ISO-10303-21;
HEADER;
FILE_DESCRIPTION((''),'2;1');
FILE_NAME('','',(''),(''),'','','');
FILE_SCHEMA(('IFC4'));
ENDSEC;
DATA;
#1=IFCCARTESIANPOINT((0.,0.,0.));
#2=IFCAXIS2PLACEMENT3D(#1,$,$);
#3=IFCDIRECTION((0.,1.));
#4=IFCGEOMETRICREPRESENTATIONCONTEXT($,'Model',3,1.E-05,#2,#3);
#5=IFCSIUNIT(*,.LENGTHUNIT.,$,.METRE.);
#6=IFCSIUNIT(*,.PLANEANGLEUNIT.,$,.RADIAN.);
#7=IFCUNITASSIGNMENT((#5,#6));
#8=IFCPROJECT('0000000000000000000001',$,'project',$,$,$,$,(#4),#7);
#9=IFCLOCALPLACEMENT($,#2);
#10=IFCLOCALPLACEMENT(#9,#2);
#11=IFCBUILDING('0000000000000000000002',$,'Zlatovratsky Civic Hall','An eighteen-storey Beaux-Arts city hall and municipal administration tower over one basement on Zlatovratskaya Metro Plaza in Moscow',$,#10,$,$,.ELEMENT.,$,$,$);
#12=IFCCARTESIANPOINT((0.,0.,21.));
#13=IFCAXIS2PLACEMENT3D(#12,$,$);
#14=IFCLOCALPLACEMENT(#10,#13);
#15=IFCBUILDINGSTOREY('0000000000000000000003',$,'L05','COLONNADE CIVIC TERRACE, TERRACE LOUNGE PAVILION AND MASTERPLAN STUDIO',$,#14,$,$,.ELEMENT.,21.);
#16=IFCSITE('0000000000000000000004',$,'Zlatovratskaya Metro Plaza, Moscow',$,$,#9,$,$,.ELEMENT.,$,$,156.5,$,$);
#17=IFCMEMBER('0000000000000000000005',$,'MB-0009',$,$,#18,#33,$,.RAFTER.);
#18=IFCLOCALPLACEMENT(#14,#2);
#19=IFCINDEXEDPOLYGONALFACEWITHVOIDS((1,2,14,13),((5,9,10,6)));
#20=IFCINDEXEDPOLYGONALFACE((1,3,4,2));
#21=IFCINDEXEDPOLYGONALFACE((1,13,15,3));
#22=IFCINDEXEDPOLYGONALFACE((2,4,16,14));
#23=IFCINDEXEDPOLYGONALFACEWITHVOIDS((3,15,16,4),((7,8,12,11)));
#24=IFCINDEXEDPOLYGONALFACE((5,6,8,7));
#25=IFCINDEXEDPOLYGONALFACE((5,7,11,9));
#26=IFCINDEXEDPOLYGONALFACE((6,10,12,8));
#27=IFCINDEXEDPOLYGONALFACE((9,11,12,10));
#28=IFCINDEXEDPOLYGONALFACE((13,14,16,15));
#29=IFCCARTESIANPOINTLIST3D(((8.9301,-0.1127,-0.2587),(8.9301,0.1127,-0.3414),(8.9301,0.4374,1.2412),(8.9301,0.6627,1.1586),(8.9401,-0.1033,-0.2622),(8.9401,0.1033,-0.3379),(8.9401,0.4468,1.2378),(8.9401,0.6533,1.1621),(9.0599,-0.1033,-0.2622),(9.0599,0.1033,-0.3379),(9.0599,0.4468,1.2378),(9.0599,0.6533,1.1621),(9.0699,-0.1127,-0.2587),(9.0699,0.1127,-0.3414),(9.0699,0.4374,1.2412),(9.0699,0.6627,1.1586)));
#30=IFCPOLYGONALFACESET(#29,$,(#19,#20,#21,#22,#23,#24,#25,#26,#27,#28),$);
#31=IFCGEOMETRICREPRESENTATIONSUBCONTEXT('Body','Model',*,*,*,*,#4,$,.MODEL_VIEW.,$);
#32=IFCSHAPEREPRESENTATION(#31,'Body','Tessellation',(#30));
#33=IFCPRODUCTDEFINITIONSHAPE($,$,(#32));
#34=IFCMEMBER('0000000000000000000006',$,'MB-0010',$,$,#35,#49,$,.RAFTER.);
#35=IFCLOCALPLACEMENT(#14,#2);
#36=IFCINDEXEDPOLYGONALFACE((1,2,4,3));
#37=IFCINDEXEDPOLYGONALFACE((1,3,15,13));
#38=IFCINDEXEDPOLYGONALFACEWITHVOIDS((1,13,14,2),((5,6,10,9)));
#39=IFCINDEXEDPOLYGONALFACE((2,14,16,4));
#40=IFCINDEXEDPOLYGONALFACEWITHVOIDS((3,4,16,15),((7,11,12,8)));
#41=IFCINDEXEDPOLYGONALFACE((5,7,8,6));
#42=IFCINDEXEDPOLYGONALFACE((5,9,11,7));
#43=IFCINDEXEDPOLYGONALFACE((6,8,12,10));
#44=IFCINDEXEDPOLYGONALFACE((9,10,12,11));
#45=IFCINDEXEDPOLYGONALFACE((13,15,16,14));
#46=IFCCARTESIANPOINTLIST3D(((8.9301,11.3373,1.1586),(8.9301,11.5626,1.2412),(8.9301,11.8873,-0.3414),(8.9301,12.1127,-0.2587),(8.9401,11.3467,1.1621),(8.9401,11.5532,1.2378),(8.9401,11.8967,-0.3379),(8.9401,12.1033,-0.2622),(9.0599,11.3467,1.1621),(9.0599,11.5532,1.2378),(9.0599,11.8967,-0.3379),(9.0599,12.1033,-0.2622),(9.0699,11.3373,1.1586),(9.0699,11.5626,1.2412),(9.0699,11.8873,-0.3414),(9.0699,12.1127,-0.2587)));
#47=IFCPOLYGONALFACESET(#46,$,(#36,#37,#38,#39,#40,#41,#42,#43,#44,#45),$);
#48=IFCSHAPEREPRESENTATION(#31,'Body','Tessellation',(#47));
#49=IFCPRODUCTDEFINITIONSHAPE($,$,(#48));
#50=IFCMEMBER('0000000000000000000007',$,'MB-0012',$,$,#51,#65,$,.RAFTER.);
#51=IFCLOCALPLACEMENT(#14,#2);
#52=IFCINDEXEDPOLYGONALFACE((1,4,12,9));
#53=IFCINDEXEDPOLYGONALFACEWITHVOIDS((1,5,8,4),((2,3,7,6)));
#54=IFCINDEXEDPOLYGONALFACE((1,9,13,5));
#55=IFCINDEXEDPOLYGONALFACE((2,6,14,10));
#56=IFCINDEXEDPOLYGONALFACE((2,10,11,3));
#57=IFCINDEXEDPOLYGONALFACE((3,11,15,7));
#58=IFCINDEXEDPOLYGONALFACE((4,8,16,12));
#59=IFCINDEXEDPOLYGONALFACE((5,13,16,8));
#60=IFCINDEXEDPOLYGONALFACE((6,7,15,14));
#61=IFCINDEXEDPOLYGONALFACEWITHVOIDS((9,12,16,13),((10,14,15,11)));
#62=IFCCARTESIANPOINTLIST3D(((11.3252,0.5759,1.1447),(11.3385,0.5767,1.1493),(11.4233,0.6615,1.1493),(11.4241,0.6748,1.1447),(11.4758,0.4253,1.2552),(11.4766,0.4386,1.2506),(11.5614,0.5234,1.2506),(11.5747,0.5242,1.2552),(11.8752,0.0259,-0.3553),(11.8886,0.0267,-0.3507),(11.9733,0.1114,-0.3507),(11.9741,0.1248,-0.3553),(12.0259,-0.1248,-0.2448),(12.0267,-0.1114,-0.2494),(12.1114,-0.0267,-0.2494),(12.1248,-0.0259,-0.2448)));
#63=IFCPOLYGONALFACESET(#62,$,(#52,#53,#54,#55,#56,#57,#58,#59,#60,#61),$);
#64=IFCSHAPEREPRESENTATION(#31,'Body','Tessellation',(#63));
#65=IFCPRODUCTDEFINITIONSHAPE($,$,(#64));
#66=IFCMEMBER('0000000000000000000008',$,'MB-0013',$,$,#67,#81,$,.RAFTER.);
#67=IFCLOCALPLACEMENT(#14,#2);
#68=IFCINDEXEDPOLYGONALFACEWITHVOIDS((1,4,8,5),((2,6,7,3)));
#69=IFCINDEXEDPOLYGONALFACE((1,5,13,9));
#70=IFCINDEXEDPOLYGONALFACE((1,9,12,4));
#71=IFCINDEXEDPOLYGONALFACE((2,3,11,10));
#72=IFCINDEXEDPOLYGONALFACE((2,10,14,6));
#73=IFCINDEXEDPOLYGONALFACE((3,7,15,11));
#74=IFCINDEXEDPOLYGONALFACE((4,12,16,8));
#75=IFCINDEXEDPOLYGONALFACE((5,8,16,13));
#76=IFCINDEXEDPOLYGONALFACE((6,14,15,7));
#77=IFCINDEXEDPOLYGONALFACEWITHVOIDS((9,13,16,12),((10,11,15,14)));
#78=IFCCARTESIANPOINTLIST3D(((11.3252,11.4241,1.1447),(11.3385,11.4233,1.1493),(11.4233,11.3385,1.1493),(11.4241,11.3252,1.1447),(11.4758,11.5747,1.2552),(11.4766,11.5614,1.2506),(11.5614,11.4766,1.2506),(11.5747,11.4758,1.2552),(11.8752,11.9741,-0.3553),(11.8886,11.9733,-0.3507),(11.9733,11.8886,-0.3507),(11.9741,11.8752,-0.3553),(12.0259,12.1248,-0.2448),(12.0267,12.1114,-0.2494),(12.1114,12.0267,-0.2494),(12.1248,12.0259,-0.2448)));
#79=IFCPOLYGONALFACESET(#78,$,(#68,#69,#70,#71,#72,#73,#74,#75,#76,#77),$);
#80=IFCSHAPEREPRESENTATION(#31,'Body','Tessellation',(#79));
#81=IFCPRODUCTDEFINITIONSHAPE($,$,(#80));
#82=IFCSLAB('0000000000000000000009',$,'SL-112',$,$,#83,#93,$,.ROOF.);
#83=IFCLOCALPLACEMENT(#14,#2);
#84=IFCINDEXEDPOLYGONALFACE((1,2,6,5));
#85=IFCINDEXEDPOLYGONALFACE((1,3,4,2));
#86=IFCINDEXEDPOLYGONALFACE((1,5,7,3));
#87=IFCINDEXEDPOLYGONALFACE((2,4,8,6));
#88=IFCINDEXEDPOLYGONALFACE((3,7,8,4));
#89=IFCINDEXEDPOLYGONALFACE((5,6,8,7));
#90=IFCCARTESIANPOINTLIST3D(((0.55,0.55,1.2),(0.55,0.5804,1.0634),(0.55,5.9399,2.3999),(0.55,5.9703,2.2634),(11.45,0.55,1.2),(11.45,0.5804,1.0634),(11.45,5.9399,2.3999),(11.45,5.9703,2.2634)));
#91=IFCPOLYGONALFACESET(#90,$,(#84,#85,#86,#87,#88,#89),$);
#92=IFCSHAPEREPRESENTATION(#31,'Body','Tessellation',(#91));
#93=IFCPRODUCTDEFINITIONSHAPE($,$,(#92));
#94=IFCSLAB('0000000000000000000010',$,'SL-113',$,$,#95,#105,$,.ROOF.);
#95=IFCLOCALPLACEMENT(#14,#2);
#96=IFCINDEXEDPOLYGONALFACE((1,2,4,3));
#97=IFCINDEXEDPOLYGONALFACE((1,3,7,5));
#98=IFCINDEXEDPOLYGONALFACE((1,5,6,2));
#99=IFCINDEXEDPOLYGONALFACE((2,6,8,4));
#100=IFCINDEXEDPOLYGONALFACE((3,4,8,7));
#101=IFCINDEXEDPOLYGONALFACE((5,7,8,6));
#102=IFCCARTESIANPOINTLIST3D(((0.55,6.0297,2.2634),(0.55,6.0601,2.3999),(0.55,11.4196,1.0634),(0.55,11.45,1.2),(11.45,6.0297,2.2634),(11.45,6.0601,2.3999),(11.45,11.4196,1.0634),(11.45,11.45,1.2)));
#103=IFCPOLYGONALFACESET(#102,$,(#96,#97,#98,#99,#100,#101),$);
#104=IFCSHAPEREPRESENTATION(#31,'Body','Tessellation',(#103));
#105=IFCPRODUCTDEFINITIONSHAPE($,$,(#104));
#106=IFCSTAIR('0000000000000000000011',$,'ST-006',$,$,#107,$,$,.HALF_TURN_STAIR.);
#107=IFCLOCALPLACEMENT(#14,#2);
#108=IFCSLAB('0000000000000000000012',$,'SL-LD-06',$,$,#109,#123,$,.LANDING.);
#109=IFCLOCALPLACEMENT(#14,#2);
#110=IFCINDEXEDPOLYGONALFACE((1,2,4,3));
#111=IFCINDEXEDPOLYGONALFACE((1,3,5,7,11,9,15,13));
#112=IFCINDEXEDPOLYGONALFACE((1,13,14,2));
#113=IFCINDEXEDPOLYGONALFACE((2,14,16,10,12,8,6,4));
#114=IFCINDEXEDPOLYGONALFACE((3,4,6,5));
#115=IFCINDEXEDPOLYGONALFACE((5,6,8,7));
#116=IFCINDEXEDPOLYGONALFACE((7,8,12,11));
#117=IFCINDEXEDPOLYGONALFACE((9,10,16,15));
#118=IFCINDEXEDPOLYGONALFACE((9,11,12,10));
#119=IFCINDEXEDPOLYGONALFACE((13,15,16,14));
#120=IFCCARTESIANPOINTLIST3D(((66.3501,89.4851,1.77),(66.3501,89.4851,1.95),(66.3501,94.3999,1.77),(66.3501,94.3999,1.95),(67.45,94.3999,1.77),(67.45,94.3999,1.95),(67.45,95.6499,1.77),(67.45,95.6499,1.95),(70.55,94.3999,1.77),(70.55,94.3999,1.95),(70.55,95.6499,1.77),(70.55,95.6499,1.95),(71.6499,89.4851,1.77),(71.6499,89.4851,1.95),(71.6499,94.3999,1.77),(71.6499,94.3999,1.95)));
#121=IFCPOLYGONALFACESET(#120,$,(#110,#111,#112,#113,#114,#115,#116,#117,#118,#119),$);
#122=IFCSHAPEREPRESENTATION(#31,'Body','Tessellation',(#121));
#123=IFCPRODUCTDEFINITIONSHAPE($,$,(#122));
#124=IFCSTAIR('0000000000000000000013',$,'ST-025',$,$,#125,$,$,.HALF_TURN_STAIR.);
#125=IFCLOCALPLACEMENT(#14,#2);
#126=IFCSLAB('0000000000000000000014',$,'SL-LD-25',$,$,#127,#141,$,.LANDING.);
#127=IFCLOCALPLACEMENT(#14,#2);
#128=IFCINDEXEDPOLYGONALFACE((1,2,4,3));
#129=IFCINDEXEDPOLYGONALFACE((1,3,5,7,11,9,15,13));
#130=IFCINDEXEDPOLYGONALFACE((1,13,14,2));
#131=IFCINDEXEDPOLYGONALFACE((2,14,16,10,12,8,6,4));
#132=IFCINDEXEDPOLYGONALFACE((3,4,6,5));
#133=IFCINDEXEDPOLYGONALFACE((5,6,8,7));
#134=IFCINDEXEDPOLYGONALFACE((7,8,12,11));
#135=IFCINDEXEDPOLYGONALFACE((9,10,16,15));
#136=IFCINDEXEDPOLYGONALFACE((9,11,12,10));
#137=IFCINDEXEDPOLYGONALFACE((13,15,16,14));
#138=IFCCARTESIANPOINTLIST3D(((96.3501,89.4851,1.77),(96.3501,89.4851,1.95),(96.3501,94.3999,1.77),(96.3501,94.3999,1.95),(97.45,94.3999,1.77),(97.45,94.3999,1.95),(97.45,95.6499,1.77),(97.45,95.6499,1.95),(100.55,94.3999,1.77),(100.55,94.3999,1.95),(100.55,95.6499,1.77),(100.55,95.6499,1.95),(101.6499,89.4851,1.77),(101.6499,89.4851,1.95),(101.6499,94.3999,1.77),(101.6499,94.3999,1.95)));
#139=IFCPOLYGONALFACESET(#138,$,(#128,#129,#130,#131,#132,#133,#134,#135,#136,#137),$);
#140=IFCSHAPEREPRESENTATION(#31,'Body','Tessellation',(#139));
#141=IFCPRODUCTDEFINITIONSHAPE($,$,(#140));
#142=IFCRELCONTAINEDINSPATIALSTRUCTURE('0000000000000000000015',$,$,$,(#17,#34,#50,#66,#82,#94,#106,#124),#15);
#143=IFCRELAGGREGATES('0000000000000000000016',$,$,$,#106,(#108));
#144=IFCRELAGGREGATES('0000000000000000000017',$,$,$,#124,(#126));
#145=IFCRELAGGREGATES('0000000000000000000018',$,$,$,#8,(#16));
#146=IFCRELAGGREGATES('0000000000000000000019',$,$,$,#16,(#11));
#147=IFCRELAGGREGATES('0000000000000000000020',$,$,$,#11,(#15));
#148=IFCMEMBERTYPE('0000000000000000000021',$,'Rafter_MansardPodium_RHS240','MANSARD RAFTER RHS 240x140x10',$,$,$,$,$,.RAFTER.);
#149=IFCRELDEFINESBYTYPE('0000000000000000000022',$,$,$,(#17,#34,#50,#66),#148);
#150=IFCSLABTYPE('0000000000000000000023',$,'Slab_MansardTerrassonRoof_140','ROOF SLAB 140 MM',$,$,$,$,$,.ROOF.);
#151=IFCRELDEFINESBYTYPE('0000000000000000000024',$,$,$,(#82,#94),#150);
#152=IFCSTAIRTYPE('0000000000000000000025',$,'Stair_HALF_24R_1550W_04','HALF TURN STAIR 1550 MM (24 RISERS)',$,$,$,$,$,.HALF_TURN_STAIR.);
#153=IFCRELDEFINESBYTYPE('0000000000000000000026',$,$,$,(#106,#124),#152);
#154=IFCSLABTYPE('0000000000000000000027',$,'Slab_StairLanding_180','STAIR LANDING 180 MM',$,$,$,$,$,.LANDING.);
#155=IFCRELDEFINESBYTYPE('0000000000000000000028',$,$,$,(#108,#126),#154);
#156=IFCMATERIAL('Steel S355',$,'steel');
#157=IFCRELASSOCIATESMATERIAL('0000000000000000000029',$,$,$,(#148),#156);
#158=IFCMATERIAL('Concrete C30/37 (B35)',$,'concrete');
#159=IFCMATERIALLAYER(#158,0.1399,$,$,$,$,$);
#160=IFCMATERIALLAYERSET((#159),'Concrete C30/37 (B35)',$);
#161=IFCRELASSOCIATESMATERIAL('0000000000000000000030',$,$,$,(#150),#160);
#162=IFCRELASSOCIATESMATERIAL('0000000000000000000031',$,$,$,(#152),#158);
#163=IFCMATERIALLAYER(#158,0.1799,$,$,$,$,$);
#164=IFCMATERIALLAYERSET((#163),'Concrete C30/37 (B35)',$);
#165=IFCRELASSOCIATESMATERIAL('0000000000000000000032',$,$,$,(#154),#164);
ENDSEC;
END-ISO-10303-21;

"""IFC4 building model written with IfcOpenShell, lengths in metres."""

from ifc_helpers import new_model, si_unit, direction, frame, origin, origin_2d, place, context, subcontext, project, spatial, polyline, hollow_rectangle, outline, extrude, material, layer, layer_set, material_profile, profile_set, type_object, element, aggregate, save


model = new_model("IFC4")

# Units and contexts
model_context = context("Model", 3, precision=1e-05, world=origin(), true_north=direction((0.0, 1.0)))
body_context = subcontext(model_context, "Body", "Model", "MODEL_VIEW")
ifc_project = project(units=[si_unit("LENGTHUNIT", "METRE"), si_unit("PLANEANGLEUNIT", "RADIAN")], contexts=[model_context])

# Site, building, storey
site_placement = place(None, origin())
site = spatial("IfcSite", under=ifc_project, at=site_placement, Name="Zlatovratskaya Metro Plaza, Moscow", CompositionType="ELEMENT", RefElevation=156.5)
building_placement = place(site_placement, origin())
building = spatial("IfcBuilding", under=site, at=building_placement, Name="Zlatovratsky Civic Hall", Description="An eighteen-storey Beaux-Arts city hall and municipal administration tower over one basement on Zlatovratskaya Metro Plaza in Moscow", CompositionType="ELEMENT")
storey_placement = place(building_placement, frame((0.0, 0.0, 21.0)))
storey = spatial("IfcBuildingStorey", under=building, at=storey_placement, Name="L05", Description="COLONNADE CIVIC TERRACE, TERRACE LOUNGE PAVILION AND MASTERPLAN STUDIO", CompositionType="ELEMENT", Elevation=21.0)

# Shared definitions
ifc_material_1 = material(Name="Steel S355", Category="steel")

# Members
ifc_material_profile_1 = material_profile(ifc_material_1, hollow_rectangle(XDim=0.1399, YDim=0.24, WallThickness=0.01, at=origin_2d()), Name="RHS 240x140x10")
ifc_profile_set_1 = profile_set([ifc_material_profile_1], Name="Steel S355")
member_type_1 = type_object("IfcMemberType", Name="Rafter_MansardPodium_RHS240", Description="MANSARD RAFTER RHS 240x140x10", PredefinedType="RAFTER", material=ifc_profile_set_1)
for number, where, z_axis, x_axis, name in (
    (1, (9.0, 0.0, -0.3), (0.0, 0.344282, 0.938866), (-1.0, 0.0, 0.0), "MB-0009"),
    (2, (9.0, 12.0, -0.3), (0.0, -0.344282, 0.938866), (1.0, 0.0, 0.0), "MB-0010"),
):
    element("IfcMember", number, at=place(storey_placement, frame(where, z_axis=z_axis, x_axis=x_axis)), inside=storey, type_object=member_type_1, Name=name, PredefinedType="RAFTER", context=body_context, shape_type="SweptSolid", body=[
        extrude(hollow_rectangle(XDim=0.1399, YDim=0.24, WallThickness=0.01, at=origin_2d()), origin(), (0.0, 0.0, 1.0), 1.5977),
    ])
for number, where, z_axis, x_axis, name in (
    (3, (12.0, 0.0, -0.3), (-0.325529, 0.325529, 0.887728), (-0.707107, -0.707107, 0.0), "MB-0012"),
    (4, (12.0, 12.0, -0.3), (-0.325529, -0.325529, 0.887728), (0.707107, -0.707107, 0.0), "MB-0013"),
):
    element("IfcMember", number, at=place(storey_placement, frame(where, z_axis=z_axis, x_axis=x_axis)), inside=storey, type_object=member_type_1, Name=name, PredefinedType="RAFTER", context=body_context, shape_type="SweptSolid", body=[
        extrude(hollow_rectangle(XDim=0.1399, YDim=0.24, WallThickness=0.01, at=origin_2d()), origin(), (0.0, 0.0, 1.0), 1.6897),
    ])

# Slabs
ifc_material_2 = material(Name="Concrete C30/37 (B35)", Category="concrete")
ifc_layer_1 = layer(ifc_material_2, 0.1399)
ifc_layer_set_1 = layer_set([ifc_layer_1], Name="Concrete C30/37 (B35)")
slab_type_1 = type_object("IfcSlabType", Name="Slab_MansardTerrassonRoof_140", Description="ROOF SLAB 140 MM", PredefinedType="ROOF", material=ifc_layer_set_1)
for number, where, z_axis, x_axis, name in (
    (5, (0.55, 0.55, 1.2), (0.0, -0.21731, 0.976103), (1.0, 0.0, 0.0), "SL-112"),
    (6, (11.45, 11.45, 1.2), (0.0, 0.21731, 0.976103), (-1.0, 0.0, 0.0), "SL-113"),
):
    element("IfcSlab", number, at=place(storey_placement, frame(where, z_axis=z_axis, x_axis=x_axis)), inside=storey, type_object=slab_type_1, Name=name, PredefinedType="ROOF", context=body_context, shape_type="SweptSolid", body=[
        extrude(outline(polyline([(0.0, 0.0), (10.8999, 0.0), (10.8999, 5.5218), (0.0, 5.5218), (0.0, 0.0)])), origin(), (0.0, 0.0, -1.0), 0.1399),
    ])

# Stairs, slabs
stair_type = type_object("IfcStairType", Name="Stair_HALF_24R_1550W_04", Description="HALF TURN STAIR 1550 MM (24 RISERS)", PredefinedType="HALF_TURN_STAIR", material=ifc_material_2)
stair_1_placement = place(storey_placement, origin())
stair_1 = element("IfcStair", 7, at=stair_1_placement, inside=storey, type_object=stair_type, Name="ST-006", PredefinedType="HALF_TURN_STAIR")
ifc_layer_2 = layer(ifc_material_2, 0.1799)
ifc_layer_set_2 = layer_set([ifc_layer_2], Name="Concrete C30/37 (B35)")
slab_type_2 = type_object("IfcSlabType", Name="Slab_StairLanding_180", Description="STAIR LANDING 180 MM", PredefinedType="LANDING", material=ifc_layer_set_2)
slab_1_placement = place(storey_placement, frame((0.0, 0.0, 1.77)))
slab_1 = element("IfcSlab", 8, at=slab_1_placement, type_object=slab_type_2, Name="SL-LD-06", PredefinedType="LANDING", context=body_context, shape_type="SweptSolid", body=[
    extrude(outline(polyline([(66.3501, 89.4851), (71.6499, 89.4851), (71.6499, 94.3999), (70.55, 94.3999), (70.55, 95.6499), (67.45, 95.6499), (67.45, 94.3999), (66.3501, 94.3999), (66.3501, 89.4851)])), origin(), (0.0, 0.0, 1.0), 0.1799),
])
aggregate(stair_1, [slab_1])
stair_2_placement = place(storey_placement, origin())
stair_2 = element("IfcStair", 9, at=stair_2_placement, inside=storey, type_object=stair_type, Name="ST-025", PredefinedType="HALF_TURN_STAIR")
slab_2_placement = place(storey_placement, frame((0.0, 0.0, 1.77)))
slab_2 = element("IfcSlab", 10, at=slab_2_placement, type_object=slab_type_2, Name="SL-LD-25", PredefinedType="LANDING", context=body_context, shape_type="SweptSolid", body=[
    extrude(outline(polyline([(96.3501, 89.4851), (101.6499, 89.4851), (101.6499, 94.3999), (100.55, 94.3999), (100.55, 95.6499), (97.45, 95.6499), (97.45, 94.3999), (96.3501, 94.3999), (96.3501, 89.4851)])), origin(), (0.0, 0.0, 1.0), 0.1799),
])
aggregate(stair_2, [slab_2])

save(model, "model.ifc")
